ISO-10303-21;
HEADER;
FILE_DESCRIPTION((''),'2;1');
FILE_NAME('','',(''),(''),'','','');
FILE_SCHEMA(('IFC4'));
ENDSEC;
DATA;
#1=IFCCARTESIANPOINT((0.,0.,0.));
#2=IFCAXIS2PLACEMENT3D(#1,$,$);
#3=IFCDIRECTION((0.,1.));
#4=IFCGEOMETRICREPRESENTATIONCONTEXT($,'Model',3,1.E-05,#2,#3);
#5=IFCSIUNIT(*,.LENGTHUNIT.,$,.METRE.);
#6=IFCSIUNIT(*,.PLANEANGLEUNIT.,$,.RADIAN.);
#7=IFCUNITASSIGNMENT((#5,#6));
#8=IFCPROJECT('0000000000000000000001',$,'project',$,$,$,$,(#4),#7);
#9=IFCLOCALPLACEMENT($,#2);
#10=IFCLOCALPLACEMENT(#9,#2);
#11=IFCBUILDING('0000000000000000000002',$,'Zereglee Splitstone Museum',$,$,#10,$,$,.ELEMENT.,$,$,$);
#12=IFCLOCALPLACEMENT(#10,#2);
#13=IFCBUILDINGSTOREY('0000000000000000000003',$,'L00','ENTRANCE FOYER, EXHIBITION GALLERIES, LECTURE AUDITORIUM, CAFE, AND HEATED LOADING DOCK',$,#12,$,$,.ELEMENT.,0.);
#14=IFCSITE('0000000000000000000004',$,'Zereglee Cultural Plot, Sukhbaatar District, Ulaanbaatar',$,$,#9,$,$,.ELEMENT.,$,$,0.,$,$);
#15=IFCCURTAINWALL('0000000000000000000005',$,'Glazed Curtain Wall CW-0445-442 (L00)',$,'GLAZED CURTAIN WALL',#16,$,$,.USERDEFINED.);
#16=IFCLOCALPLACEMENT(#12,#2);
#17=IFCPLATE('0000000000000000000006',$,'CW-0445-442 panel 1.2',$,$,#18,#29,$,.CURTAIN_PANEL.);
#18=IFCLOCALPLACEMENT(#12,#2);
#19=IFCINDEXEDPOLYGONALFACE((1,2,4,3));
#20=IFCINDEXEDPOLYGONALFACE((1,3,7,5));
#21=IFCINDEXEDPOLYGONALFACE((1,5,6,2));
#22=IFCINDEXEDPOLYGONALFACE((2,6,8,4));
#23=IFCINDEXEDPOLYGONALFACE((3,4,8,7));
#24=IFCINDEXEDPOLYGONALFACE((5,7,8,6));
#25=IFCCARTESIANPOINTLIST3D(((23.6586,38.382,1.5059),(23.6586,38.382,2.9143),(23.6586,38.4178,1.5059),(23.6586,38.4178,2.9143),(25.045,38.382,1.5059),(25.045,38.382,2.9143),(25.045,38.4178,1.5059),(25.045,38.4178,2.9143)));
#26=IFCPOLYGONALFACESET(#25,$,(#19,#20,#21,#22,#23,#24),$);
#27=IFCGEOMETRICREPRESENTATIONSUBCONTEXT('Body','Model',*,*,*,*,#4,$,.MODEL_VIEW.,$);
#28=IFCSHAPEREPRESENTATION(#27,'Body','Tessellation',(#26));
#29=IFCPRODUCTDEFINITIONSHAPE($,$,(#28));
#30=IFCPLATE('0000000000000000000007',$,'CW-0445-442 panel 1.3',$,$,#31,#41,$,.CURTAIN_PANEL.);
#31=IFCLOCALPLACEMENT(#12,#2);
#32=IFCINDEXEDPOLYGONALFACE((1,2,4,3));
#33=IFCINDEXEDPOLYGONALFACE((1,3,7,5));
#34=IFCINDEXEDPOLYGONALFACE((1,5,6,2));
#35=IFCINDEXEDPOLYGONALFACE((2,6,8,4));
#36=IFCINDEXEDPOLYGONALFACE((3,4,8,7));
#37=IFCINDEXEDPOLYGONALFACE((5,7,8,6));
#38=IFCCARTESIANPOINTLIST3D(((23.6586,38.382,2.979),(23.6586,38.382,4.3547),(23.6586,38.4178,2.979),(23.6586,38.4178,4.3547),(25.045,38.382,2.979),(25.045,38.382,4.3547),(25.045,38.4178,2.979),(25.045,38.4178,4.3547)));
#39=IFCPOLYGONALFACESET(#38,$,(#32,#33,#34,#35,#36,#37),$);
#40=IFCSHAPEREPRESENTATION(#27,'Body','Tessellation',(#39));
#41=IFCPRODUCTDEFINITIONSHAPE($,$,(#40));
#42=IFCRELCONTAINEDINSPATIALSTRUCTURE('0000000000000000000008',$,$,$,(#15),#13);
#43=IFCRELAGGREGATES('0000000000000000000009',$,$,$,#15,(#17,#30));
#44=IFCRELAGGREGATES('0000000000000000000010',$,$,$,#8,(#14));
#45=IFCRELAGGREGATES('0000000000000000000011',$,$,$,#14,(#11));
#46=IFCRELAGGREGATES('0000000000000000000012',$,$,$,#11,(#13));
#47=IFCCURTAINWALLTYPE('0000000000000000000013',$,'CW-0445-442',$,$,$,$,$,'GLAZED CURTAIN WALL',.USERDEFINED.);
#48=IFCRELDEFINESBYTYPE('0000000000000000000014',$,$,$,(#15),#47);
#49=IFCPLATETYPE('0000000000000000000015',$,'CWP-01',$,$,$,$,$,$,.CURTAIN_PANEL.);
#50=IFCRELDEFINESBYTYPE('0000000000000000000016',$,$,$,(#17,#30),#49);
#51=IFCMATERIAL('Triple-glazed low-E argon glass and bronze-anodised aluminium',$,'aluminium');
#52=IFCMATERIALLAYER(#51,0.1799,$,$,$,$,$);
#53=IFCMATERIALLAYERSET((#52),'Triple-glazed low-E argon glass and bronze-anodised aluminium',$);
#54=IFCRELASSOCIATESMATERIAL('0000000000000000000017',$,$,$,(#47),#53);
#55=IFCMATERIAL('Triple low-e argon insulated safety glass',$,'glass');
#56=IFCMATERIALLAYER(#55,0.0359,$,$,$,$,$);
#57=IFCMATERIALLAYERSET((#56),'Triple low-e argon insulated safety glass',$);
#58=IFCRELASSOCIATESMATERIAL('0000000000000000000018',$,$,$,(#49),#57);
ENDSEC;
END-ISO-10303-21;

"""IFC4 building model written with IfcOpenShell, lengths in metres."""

from ifc_helpers import new_model, si_unit, direction, frame, origin, origin_2d, place, context, subcontext, project, spatial, rectangle, extrude, material, layer, layer_set, type_object, element, aggregate, save


model = new_model("IFC4")

# Units and contexts
model_context = context("Model", 3, precision=1e-05, world=origin(), true_north=direction((0.0, 1.0)))
body_context = subcontext(model_context, "Body", "Model", "MODEL_VIEW")
ifc_project = project(units=[si_unit("LENGTHUNIT", "METRE"), si_unit("PLANEANGLEUNIT", "RADIAN")], contexts=[model_context])

# Site, building, storey
site_placement = place(None, origin())
site = spatial("IfcSite", under=ifc_project, at=site_placement, Name="Zereglee Cultural Plot, Sukhbaatar District, Ulaanbaatar", CompositionType="ELEMENT", RefElevation=0.0)
building_placement = place(site_placement, origin())
building = spatial("IfcBuilding", under=site, at=building_placement, Name="Zereglee Splitstone Museum", CompositionType="ELEMENT")
storey_placement = place(building_placement, origin())
storey = spatial("IfcBuildingStorey", under=building, at=storey_placement, Name="L00", Description="ENTRANCE FOYER, EXHIBITION GALLERIES, LECTURE AUDITORIUM, CAFE, AND HEATED LOADING DOCK", CompositionType="ELEMENT", Elevation=0.0)

# Curtain wall
ifc_material_1 = material(Name="Triple-glazed low-E argon glass and bronze-anodised aluminium", Category="aluminium")
ifc_layer_1 = layer(ifc_material_1, 0.1799)
ifc_layer_set_1 = layer_set([ifc_layer_1], Name="Triple-glazed low-E argon glass and bronze-anodised aluminium")
curtain_wall_type_1 = type_object("IfcCurtainWallType", Name="CW-0445-442", ElementType="GLAZED CURTAIN WALL", PredefinedType="USERDEFINED", material=ifc_layer_set_1)
curtain_wall_1_placement = place(storey_placement, origin())
curtain_wall_1 = element("IfcCurtainWall", 1, at=curtain_wall_1_placement, inside=storey, type_object=curtain_wall_type_1, Name="Glazed Curtain Wall CW-0445-442 (L00)", ObjectType="GLAZED CURTAIN WALL", PredefinedType="USERDEFINED")

# Plates
ifc_material_2 = material(Name="Triple low-e argon insulated safety glass", Category="glass")
ifc_layer_2 = layer(ifc_material_2, 0.0359)
ifc_layer_set_2 = layer_set([ifc_layer_2], Name="Triple low-e argon insulated safety glass")
plate_type = type_object("IfcPlateType", Name="CWP-01", PredefinedType="CURTAIN_PANEL", material=ifc_layer_set_2)
plate_1_placement = place(storey_placement, frame((24.3518, 38.3999, 1.5059), z_axis=(0.0, 0.0, 1.0), x_axis=(-1.0, 0.0, 0.0)))
plate_1 = element("IfcPlate", 2, at=plate_1_placement, type_object=plate_type, Name="CW-0445-442 panel 1.2", PredefinedType="CURTAIN_PANEL", context=body_context, shape_type="SweptSolid", body=[
    extrude(rectangle(XDim=1.3865, YDim=0.0359, at=origin_2d()), origin(), (0.0, 0.0, 1.0), 1.4084),
])
plate_2_placement = place(storey_placement, frame((24.3518, 38.3999, 2.979), z_axis=(0.0, 0.0, 1.0), x_axis=(-1.0, 0.0, 0.0)))
plate_2 = element("IfcPlate", 3, at=plate_2_placement, type_object=plate_type, Name="CW-0445-442 panel 1.3", PredefinedType="CURTAIN_PANEL", context=body_context, shape_type="SweptSolid", body=[
    extrude(rectangle(XDim=1.3865, YDim=0.0359, at=origin_2d()), origin(), (0.0, 0.0, 1.0), 1.3757),
])
aggregate(curtain_wall_1, [plate_1, plate_2])

save(model, "model.ifc")
